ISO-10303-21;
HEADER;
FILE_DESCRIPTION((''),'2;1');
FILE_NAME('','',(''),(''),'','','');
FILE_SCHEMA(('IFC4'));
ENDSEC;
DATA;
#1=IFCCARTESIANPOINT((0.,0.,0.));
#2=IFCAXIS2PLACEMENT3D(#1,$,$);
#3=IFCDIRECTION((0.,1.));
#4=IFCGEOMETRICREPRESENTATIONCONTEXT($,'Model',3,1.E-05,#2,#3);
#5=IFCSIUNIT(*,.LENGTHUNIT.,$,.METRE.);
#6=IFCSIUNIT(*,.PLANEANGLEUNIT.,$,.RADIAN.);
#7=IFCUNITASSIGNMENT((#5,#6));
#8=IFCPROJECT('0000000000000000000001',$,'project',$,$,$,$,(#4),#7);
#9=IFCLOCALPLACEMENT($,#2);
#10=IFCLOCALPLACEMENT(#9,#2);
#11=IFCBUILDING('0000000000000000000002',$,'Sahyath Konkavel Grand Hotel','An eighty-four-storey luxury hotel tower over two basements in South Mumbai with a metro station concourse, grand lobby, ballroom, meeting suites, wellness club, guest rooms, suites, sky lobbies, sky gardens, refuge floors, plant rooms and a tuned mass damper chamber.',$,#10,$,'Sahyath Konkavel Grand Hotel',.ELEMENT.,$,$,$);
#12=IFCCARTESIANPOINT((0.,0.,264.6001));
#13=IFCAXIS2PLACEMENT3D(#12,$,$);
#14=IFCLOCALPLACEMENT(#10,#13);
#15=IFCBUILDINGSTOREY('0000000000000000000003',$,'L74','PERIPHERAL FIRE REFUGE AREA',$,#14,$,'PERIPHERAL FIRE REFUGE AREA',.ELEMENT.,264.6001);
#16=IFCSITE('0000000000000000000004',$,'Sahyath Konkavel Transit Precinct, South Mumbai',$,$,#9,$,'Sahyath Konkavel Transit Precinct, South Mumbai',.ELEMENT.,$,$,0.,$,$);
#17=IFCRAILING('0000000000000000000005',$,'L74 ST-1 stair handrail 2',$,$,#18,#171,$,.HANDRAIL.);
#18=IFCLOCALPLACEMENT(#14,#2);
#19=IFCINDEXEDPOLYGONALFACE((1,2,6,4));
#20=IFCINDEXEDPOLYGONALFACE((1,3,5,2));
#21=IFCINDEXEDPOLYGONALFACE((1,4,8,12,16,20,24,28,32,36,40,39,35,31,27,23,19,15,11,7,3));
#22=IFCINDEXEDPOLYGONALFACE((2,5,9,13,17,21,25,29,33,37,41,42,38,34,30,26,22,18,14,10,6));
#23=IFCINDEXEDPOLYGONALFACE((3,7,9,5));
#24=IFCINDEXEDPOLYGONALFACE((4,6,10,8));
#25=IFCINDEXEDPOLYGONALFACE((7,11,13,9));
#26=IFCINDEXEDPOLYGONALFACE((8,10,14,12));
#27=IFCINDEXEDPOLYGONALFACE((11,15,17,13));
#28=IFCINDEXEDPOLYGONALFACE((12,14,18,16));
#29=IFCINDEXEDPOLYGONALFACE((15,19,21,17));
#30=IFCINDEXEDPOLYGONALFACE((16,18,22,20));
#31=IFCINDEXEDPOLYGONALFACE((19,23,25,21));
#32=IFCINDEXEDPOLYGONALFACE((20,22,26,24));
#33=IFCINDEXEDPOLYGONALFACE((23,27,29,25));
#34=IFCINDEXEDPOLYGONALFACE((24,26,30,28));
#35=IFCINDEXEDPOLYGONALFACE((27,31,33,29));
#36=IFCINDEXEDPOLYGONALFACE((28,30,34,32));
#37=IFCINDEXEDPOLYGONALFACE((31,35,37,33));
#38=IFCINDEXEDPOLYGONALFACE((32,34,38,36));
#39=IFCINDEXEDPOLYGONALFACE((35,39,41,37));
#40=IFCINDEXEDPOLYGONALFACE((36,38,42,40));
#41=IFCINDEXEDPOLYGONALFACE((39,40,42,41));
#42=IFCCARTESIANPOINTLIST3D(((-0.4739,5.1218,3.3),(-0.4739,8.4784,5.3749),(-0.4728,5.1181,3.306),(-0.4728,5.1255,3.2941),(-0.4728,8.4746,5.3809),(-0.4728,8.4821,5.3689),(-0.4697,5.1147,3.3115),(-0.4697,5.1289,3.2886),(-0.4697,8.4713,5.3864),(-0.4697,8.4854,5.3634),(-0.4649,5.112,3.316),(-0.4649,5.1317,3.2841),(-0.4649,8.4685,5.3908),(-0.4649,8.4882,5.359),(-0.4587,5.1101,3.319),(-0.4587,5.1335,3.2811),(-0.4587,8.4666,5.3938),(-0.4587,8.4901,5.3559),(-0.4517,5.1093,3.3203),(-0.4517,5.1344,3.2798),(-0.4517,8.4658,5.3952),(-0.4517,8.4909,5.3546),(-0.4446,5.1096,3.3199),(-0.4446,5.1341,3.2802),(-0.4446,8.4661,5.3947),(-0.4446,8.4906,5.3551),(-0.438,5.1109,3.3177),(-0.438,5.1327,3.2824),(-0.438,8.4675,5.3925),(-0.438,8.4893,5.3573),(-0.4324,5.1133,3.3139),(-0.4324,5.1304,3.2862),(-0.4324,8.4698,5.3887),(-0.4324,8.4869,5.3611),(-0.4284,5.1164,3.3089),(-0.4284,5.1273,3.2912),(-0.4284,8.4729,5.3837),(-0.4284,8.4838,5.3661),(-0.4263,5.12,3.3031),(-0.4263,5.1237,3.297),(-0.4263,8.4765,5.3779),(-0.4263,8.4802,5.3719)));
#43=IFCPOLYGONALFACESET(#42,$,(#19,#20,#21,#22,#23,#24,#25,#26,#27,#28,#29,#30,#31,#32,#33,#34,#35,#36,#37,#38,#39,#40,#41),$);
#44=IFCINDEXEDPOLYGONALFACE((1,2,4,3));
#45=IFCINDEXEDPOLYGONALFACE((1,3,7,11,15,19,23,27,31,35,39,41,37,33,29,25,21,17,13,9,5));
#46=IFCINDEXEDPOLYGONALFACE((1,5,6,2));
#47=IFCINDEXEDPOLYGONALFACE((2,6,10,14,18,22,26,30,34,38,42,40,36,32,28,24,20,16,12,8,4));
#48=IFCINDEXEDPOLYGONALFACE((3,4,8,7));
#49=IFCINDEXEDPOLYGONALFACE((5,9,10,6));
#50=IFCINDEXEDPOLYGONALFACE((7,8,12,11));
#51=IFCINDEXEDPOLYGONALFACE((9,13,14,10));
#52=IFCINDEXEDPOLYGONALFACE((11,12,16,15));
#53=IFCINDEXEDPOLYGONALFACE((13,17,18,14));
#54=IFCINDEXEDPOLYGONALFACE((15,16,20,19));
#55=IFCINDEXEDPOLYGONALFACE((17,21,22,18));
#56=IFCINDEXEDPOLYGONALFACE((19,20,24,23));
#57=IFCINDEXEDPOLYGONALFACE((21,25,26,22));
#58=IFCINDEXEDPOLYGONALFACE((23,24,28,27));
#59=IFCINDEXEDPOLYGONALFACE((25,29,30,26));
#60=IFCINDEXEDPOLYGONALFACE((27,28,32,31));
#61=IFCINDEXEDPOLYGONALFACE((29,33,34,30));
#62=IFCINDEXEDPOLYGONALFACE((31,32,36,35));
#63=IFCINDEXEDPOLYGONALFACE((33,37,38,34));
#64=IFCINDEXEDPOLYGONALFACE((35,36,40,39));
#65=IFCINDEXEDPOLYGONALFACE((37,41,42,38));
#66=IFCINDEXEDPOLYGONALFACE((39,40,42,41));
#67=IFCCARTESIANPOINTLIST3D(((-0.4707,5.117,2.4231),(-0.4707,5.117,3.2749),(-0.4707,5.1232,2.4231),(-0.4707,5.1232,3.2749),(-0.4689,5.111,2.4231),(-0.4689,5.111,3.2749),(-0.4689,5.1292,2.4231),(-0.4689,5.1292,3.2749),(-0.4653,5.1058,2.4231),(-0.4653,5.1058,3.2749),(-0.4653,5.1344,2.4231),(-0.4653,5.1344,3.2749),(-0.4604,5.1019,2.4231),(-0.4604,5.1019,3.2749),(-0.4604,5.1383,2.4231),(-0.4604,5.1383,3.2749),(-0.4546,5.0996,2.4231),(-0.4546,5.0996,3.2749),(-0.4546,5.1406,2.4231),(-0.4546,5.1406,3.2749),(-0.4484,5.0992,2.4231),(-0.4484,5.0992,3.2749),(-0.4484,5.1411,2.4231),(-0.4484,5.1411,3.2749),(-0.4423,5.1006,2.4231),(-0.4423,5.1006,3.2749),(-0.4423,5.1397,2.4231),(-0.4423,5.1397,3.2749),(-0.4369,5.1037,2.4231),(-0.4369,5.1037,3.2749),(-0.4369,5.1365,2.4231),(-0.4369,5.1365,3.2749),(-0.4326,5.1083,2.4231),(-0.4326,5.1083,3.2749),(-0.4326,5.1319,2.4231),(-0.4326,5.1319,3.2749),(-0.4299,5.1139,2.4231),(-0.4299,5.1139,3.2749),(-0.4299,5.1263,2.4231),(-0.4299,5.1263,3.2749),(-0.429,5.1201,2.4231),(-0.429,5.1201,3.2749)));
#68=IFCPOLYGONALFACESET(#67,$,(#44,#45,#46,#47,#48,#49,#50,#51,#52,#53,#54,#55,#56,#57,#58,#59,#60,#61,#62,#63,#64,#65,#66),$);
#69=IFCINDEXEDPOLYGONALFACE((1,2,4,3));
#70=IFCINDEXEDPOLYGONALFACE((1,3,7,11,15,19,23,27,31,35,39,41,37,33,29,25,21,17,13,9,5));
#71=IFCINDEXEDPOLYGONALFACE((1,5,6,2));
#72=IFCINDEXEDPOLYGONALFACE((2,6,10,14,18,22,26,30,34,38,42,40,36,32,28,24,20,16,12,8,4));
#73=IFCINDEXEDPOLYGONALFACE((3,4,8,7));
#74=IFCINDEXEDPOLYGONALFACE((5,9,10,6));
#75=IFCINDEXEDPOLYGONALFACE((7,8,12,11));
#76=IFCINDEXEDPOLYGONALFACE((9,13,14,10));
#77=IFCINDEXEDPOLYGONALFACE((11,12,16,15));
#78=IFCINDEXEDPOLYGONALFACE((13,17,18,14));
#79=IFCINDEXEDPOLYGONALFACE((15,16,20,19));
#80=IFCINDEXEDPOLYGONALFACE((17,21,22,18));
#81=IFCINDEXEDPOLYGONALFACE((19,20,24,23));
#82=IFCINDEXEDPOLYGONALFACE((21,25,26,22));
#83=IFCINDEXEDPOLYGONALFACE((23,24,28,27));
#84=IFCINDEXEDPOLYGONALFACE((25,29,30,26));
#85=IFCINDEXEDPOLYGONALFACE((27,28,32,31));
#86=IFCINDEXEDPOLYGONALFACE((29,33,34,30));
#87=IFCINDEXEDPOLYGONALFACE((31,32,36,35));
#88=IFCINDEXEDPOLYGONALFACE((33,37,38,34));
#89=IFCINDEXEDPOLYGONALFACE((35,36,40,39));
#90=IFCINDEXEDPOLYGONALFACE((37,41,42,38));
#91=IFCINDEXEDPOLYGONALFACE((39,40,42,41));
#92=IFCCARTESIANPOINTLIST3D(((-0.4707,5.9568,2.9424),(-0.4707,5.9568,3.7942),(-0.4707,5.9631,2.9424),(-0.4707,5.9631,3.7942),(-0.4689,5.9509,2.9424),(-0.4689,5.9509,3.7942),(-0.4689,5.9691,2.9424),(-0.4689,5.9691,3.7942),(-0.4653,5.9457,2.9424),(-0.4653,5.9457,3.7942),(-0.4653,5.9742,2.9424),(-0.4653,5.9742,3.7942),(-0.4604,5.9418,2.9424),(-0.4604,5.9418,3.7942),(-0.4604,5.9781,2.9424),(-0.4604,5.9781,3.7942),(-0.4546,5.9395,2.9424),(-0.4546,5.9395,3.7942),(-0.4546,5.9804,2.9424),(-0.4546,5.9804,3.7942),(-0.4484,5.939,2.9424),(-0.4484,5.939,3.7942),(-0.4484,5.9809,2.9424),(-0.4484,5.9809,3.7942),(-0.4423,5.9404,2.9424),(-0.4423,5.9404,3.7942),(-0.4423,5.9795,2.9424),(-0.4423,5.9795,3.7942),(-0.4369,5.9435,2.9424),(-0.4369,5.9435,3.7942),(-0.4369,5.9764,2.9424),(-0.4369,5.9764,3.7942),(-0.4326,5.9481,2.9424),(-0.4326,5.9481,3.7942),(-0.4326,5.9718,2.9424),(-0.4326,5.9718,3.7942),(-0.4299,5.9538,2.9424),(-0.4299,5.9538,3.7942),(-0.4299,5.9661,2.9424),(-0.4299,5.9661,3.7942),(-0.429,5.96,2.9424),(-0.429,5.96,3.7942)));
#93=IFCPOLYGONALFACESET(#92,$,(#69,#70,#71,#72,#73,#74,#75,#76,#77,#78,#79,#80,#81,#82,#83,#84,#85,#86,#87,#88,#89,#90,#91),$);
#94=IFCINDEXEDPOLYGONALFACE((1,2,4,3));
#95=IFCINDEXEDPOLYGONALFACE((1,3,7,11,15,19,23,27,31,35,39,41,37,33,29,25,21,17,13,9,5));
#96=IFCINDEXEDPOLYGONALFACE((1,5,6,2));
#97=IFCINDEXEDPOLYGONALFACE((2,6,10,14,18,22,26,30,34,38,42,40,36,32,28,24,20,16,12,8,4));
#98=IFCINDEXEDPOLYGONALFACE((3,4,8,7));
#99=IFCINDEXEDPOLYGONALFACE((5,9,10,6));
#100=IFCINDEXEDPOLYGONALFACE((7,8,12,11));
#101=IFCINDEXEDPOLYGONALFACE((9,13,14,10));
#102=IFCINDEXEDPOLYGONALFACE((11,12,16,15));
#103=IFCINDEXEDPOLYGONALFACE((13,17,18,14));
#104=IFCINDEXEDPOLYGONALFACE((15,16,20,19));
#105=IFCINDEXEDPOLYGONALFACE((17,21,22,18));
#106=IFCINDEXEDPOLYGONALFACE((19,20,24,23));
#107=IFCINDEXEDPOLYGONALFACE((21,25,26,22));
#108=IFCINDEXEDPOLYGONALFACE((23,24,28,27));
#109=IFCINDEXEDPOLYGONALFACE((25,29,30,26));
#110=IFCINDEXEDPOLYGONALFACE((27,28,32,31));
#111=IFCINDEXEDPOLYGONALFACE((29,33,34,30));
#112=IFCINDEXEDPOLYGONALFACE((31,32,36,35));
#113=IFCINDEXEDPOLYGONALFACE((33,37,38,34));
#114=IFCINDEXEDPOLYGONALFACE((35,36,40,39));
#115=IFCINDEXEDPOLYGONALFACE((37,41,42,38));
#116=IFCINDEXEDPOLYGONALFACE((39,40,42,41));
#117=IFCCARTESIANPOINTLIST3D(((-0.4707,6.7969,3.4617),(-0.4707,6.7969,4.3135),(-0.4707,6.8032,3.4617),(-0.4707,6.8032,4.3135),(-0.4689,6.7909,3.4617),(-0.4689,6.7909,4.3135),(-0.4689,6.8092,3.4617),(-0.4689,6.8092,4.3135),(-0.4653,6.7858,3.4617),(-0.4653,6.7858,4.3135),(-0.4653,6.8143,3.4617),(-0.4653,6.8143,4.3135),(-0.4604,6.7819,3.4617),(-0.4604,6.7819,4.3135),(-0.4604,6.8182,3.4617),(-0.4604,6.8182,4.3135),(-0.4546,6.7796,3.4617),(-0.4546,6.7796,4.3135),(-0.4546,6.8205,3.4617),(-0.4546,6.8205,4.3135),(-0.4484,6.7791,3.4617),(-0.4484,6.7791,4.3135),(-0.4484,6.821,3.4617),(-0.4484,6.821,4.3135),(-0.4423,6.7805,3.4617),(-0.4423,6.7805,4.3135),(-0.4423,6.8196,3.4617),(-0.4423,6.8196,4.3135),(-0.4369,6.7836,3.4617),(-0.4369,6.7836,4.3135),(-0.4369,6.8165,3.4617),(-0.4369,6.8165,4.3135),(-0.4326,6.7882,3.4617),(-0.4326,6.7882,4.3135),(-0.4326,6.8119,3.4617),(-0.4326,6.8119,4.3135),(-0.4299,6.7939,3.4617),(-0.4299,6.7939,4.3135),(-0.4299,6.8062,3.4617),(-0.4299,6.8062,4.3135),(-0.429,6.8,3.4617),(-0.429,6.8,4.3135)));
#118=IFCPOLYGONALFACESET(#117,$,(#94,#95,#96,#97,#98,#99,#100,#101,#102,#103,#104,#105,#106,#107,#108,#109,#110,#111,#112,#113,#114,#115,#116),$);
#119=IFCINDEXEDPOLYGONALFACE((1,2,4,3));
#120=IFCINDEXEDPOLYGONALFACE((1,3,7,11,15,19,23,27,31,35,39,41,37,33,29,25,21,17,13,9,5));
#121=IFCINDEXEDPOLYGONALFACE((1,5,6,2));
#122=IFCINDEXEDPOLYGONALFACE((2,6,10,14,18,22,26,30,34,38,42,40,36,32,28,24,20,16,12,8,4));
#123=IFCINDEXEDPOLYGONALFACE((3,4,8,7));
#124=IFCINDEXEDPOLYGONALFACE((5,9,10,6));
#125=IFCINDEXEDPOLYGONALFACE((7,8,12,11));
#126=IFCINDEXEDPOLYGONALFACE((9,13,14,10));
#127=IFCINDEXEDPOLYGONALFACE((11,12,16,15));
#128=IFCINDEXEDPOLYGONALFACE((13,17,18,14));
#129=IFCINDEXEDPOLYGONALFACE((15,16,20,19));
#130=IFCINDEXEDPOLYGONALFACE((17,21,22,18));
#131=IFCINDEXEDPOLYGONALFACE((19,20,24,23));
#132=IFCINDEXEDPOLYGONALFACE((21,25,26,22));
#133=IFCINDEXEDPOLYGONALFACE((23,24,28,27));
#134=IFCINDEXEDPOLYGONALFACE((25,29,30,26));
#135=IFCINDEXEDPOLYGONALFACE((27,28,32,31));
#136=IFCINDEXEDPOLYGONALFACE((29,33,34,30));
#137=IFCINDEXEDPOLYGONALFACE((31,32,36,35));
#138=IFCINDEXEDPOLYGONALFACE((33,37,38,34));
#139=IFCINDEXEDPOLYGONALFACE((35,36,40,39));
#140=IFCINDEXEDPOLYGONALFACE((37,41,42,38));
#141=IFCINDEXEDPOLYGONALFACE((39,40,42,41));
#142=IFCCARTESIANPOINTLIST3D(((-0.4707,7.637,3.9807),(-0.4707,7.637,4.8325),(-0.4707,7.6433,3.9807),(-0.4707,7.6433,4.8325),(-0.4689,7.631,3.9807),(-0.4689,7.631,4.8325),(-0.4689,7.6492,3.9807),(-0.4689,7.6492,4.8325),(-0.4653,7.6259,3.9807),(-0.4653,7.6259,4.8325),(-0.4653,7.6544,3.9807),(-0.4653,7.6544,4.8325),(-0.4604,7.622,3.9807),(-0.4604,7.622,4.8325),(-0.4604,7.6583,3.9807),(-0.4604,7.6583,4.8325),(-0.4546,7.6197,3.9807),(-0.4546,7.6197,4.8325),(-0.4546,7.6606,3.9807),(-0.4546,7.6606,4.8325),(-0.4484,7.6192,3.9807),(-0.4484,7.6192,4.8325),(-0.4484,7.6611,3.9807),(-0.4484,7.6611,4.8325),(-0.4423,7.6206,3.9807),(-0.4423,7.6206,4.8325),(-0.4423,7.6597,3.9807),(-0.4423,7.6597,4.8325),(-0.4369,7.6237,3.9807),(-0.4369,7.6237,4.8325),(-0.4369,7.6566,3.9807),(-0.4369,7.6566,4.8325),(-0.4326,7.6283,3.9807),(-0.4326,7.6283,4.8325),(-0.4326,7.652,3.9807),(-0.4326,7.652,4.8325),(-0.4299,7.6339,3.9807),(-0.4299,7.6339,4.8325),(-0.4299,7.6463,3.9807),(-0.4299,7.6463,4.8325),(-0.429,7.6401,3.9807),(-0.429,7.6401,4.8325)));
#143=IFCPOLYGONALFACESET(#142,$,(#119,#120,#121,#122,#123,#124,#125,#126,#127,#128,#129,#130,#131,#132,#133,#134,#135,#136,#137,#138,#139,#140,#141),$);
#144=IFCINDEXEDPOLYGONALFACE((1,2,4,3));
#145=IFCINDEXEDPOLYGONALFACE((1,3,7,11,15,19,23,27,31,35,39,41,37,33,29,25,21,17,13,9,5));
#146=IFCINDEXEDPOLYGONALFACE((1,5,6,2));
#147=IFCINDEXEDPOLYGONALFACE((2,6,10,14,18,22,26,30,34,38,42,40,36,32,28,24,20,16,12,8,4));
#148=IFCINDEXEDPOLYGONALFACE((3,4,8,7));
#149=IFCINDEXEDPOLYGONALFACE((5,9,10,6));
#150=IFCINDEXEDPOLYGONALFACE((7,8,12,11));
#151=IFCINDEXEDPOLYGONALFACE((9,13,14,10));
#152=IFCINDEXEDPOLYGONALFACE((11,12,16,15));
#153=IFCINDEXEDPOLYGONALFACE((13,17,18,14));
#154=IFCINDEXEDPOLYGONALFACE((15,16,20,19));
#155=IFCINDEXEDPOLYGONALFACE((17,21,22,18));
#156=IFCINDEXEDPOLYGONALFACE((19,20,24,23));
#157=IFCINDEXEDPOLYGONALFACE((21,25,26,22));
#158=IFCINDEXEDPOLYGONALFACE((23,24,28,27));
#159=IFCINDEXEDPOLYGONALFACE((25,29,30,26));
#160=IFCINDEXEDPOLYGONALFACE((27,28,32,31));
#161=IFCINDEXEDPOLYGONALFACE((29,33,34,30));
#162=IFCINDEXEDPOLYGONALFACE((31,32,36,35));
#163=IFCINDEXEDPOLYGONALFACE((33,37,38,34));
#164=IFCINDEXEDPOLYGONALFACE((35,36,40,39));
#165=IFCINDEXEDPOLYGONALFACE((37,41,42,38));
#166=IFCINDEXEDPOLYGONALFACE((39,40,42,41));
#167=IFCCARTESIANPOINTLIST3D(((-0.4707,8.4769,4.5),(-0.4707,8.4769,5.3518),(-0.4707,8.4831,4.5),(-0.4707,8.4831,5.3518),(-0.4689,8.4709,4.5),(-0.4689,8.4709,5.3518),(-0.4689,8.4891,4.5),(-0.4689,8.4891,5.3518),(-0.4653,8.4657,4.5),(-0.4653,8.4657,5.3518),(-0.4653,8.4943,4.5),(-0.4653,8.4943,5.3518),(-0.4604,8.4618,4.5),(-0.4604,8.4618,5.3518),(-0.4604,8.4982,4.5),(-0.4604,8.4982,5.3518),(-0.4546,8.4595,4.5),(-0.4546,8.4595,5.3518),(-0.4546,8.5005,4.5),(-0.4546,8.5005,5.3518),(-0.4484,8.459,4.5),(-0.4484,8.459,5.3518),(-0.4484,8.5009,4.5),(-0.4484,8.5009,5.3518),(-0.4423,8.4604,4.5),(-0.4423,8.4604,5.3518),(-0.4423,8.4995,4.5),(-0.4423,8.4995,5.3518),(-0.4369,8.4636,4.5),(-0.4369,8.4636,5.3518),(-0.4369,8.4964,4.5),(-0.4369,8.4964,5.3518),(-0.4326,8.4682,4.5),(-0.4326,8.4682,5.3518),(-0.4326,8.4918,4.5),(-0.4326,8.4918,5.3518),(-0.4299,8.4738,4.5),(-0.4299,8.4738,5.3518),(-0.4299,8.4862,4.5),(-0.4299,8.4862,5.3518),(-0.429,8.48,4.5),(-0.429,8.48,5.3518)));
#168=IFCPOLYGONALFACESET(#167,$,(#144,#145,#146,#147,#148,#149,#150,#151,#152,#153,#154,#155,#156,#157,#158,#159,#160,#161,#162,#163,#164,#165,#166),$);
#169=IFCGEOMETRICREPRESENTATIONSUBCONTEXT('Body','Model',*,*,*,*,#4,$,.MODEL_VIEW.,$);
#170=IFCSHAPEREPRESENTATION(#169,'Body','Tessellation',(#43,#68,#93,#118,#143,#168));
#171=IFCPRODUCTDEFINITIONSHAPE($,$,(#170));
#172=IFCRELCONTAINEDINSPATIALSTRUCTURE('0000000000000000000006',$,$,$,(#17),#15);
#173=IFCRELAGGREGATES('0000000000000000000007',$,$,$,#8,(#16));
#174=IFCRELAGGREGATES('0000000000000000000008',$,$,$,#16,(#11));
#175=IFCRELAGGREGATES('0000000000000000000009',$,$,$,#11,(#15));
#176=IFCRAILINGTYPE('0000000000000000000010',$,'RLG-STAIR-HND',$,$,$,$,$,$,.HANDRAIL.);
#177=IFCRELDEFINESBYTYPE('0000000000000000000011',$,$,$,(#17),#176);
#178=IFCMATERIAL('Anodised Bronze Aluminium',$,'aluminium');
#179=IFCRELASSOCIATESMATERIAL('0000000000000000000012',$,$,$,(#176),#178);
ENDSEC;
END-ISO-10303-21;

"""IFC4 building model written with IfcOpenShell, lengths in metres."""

from ifc_helpers import new_model, si_unit, direction, frame, origin, origin_2d, place, context, subcontext, project, spatial, circle, extrude, material, type_object, element, save


model = new_model("IFC4")

# Units and contexts
model_context = context("Model", 3, precision=1e-05, world=origin(), true_north=direction((0.0, 1.0)))
body_context = subcontext(model_context, "Body", "Model", "MODEL_VIEW")
ifc_project = project(units=[si_unit("LENGTHUNIT", "METRE"), si_unit("PLANEANGLEUNIT", "RADIAN")], contexts=[model_context])

# Site, building, storey
site_placement = place(None, origin())
site = spatial("IfcSite", under=ifc_project, at=site_placement, Name="Sahyath Konkavel Transit Precinct, South Mumbai", LongName="Sahyath Konkavel Transit Precinct, South Mumbai", CompositionType="ELEMENT", RefElevation=0.0)
building_placement = place(site_placement, origin())
building = spatial("IfcBuilding", under=site, at=building_placement, Name="Sahyath Konkavel Grand Hotel", Description="An eighty-four-storey luxury hotel tower over two basements in South Mumbai with a metro station concourse, grand lobby, ballroom, meeting suites, wellness club, guest rooms, suites, sky lobbies, sky gardens, refuge floors, plant rooms and a tuned mass damper chamber.", LongName="Sahyath Konkavel Grand Hotel", CompositionType="ELEMENT")
storey_placement = place(building_placement, frame((0.0, 0.0, 264.6001)))
storey = spatial("IfcBuildingStorey", under=building, at=storey_placement, Name="L74", Description="PERIPHERAL FIRE REFUGE AREA", LongName="PERIPHERAL FIRE REFUGE AREA", CompositionType="ELEMENT", Elevation=264.6001)

# Railing
ifc_material_1 = material(Name="Anodised Bronze Aluminium", Category="aluminium")
railing_type_1 = type_object("IfcRailingType", Name="RLG-STAIR-HND", PredefinedType="HANDRAIL", material=ifc_material_1)
railing_1_placement = place(storey_placement, frame((-0.45, 5.1201, 2.4231)))
element("IfcRailing", 1, at=railing_1_placement, inside=storey, type_object=railing_type_1, Name="L74 ST-1 stair handrail 2", PredefinedType="HANDRAIL", context=body_context, shape_type="SweptSolid", body=[
    extrude(circle(Radius=0.0239, at=origin_2d()), frame((0.0, 0.0017, 0.877), z_axis=(0.0, 0.850606, 0.525803), x_axis=(-1.0, 0.0, 0.0)), (0.0, 0.0, 1.0), 3.946),
    extrude(circle(Radius=0.021, at=origin_2d()), origin(), (0.0, 0.0, 1.0), 0.8518),
    extrude(circle(Radius=0.021, at=origin_2d()), frame((0.0, 0.8398, 0.5193)), (0.0, 0.0, 1.0), 0.8518),
    extrude(circle(Radius=0.021, at=origin_2d()), frame((0.0, 1.6799, 1.0386)), (0.0, 0.0, 1.0), 0.8518),
    extrude(circle(Radius=0.021, at=origin_2d()), frame((0.0, 2.52, 1.5576)), (0.0, 0.0, 1.0), 0.8518),
    extrude(circle(Radius=0.021, at=origin_2d()), frame((0.0, 3.3599, 2.0769)), (0.0, 0.0, 1.0), 0.8518),
])

save(model, "model.ifc")
